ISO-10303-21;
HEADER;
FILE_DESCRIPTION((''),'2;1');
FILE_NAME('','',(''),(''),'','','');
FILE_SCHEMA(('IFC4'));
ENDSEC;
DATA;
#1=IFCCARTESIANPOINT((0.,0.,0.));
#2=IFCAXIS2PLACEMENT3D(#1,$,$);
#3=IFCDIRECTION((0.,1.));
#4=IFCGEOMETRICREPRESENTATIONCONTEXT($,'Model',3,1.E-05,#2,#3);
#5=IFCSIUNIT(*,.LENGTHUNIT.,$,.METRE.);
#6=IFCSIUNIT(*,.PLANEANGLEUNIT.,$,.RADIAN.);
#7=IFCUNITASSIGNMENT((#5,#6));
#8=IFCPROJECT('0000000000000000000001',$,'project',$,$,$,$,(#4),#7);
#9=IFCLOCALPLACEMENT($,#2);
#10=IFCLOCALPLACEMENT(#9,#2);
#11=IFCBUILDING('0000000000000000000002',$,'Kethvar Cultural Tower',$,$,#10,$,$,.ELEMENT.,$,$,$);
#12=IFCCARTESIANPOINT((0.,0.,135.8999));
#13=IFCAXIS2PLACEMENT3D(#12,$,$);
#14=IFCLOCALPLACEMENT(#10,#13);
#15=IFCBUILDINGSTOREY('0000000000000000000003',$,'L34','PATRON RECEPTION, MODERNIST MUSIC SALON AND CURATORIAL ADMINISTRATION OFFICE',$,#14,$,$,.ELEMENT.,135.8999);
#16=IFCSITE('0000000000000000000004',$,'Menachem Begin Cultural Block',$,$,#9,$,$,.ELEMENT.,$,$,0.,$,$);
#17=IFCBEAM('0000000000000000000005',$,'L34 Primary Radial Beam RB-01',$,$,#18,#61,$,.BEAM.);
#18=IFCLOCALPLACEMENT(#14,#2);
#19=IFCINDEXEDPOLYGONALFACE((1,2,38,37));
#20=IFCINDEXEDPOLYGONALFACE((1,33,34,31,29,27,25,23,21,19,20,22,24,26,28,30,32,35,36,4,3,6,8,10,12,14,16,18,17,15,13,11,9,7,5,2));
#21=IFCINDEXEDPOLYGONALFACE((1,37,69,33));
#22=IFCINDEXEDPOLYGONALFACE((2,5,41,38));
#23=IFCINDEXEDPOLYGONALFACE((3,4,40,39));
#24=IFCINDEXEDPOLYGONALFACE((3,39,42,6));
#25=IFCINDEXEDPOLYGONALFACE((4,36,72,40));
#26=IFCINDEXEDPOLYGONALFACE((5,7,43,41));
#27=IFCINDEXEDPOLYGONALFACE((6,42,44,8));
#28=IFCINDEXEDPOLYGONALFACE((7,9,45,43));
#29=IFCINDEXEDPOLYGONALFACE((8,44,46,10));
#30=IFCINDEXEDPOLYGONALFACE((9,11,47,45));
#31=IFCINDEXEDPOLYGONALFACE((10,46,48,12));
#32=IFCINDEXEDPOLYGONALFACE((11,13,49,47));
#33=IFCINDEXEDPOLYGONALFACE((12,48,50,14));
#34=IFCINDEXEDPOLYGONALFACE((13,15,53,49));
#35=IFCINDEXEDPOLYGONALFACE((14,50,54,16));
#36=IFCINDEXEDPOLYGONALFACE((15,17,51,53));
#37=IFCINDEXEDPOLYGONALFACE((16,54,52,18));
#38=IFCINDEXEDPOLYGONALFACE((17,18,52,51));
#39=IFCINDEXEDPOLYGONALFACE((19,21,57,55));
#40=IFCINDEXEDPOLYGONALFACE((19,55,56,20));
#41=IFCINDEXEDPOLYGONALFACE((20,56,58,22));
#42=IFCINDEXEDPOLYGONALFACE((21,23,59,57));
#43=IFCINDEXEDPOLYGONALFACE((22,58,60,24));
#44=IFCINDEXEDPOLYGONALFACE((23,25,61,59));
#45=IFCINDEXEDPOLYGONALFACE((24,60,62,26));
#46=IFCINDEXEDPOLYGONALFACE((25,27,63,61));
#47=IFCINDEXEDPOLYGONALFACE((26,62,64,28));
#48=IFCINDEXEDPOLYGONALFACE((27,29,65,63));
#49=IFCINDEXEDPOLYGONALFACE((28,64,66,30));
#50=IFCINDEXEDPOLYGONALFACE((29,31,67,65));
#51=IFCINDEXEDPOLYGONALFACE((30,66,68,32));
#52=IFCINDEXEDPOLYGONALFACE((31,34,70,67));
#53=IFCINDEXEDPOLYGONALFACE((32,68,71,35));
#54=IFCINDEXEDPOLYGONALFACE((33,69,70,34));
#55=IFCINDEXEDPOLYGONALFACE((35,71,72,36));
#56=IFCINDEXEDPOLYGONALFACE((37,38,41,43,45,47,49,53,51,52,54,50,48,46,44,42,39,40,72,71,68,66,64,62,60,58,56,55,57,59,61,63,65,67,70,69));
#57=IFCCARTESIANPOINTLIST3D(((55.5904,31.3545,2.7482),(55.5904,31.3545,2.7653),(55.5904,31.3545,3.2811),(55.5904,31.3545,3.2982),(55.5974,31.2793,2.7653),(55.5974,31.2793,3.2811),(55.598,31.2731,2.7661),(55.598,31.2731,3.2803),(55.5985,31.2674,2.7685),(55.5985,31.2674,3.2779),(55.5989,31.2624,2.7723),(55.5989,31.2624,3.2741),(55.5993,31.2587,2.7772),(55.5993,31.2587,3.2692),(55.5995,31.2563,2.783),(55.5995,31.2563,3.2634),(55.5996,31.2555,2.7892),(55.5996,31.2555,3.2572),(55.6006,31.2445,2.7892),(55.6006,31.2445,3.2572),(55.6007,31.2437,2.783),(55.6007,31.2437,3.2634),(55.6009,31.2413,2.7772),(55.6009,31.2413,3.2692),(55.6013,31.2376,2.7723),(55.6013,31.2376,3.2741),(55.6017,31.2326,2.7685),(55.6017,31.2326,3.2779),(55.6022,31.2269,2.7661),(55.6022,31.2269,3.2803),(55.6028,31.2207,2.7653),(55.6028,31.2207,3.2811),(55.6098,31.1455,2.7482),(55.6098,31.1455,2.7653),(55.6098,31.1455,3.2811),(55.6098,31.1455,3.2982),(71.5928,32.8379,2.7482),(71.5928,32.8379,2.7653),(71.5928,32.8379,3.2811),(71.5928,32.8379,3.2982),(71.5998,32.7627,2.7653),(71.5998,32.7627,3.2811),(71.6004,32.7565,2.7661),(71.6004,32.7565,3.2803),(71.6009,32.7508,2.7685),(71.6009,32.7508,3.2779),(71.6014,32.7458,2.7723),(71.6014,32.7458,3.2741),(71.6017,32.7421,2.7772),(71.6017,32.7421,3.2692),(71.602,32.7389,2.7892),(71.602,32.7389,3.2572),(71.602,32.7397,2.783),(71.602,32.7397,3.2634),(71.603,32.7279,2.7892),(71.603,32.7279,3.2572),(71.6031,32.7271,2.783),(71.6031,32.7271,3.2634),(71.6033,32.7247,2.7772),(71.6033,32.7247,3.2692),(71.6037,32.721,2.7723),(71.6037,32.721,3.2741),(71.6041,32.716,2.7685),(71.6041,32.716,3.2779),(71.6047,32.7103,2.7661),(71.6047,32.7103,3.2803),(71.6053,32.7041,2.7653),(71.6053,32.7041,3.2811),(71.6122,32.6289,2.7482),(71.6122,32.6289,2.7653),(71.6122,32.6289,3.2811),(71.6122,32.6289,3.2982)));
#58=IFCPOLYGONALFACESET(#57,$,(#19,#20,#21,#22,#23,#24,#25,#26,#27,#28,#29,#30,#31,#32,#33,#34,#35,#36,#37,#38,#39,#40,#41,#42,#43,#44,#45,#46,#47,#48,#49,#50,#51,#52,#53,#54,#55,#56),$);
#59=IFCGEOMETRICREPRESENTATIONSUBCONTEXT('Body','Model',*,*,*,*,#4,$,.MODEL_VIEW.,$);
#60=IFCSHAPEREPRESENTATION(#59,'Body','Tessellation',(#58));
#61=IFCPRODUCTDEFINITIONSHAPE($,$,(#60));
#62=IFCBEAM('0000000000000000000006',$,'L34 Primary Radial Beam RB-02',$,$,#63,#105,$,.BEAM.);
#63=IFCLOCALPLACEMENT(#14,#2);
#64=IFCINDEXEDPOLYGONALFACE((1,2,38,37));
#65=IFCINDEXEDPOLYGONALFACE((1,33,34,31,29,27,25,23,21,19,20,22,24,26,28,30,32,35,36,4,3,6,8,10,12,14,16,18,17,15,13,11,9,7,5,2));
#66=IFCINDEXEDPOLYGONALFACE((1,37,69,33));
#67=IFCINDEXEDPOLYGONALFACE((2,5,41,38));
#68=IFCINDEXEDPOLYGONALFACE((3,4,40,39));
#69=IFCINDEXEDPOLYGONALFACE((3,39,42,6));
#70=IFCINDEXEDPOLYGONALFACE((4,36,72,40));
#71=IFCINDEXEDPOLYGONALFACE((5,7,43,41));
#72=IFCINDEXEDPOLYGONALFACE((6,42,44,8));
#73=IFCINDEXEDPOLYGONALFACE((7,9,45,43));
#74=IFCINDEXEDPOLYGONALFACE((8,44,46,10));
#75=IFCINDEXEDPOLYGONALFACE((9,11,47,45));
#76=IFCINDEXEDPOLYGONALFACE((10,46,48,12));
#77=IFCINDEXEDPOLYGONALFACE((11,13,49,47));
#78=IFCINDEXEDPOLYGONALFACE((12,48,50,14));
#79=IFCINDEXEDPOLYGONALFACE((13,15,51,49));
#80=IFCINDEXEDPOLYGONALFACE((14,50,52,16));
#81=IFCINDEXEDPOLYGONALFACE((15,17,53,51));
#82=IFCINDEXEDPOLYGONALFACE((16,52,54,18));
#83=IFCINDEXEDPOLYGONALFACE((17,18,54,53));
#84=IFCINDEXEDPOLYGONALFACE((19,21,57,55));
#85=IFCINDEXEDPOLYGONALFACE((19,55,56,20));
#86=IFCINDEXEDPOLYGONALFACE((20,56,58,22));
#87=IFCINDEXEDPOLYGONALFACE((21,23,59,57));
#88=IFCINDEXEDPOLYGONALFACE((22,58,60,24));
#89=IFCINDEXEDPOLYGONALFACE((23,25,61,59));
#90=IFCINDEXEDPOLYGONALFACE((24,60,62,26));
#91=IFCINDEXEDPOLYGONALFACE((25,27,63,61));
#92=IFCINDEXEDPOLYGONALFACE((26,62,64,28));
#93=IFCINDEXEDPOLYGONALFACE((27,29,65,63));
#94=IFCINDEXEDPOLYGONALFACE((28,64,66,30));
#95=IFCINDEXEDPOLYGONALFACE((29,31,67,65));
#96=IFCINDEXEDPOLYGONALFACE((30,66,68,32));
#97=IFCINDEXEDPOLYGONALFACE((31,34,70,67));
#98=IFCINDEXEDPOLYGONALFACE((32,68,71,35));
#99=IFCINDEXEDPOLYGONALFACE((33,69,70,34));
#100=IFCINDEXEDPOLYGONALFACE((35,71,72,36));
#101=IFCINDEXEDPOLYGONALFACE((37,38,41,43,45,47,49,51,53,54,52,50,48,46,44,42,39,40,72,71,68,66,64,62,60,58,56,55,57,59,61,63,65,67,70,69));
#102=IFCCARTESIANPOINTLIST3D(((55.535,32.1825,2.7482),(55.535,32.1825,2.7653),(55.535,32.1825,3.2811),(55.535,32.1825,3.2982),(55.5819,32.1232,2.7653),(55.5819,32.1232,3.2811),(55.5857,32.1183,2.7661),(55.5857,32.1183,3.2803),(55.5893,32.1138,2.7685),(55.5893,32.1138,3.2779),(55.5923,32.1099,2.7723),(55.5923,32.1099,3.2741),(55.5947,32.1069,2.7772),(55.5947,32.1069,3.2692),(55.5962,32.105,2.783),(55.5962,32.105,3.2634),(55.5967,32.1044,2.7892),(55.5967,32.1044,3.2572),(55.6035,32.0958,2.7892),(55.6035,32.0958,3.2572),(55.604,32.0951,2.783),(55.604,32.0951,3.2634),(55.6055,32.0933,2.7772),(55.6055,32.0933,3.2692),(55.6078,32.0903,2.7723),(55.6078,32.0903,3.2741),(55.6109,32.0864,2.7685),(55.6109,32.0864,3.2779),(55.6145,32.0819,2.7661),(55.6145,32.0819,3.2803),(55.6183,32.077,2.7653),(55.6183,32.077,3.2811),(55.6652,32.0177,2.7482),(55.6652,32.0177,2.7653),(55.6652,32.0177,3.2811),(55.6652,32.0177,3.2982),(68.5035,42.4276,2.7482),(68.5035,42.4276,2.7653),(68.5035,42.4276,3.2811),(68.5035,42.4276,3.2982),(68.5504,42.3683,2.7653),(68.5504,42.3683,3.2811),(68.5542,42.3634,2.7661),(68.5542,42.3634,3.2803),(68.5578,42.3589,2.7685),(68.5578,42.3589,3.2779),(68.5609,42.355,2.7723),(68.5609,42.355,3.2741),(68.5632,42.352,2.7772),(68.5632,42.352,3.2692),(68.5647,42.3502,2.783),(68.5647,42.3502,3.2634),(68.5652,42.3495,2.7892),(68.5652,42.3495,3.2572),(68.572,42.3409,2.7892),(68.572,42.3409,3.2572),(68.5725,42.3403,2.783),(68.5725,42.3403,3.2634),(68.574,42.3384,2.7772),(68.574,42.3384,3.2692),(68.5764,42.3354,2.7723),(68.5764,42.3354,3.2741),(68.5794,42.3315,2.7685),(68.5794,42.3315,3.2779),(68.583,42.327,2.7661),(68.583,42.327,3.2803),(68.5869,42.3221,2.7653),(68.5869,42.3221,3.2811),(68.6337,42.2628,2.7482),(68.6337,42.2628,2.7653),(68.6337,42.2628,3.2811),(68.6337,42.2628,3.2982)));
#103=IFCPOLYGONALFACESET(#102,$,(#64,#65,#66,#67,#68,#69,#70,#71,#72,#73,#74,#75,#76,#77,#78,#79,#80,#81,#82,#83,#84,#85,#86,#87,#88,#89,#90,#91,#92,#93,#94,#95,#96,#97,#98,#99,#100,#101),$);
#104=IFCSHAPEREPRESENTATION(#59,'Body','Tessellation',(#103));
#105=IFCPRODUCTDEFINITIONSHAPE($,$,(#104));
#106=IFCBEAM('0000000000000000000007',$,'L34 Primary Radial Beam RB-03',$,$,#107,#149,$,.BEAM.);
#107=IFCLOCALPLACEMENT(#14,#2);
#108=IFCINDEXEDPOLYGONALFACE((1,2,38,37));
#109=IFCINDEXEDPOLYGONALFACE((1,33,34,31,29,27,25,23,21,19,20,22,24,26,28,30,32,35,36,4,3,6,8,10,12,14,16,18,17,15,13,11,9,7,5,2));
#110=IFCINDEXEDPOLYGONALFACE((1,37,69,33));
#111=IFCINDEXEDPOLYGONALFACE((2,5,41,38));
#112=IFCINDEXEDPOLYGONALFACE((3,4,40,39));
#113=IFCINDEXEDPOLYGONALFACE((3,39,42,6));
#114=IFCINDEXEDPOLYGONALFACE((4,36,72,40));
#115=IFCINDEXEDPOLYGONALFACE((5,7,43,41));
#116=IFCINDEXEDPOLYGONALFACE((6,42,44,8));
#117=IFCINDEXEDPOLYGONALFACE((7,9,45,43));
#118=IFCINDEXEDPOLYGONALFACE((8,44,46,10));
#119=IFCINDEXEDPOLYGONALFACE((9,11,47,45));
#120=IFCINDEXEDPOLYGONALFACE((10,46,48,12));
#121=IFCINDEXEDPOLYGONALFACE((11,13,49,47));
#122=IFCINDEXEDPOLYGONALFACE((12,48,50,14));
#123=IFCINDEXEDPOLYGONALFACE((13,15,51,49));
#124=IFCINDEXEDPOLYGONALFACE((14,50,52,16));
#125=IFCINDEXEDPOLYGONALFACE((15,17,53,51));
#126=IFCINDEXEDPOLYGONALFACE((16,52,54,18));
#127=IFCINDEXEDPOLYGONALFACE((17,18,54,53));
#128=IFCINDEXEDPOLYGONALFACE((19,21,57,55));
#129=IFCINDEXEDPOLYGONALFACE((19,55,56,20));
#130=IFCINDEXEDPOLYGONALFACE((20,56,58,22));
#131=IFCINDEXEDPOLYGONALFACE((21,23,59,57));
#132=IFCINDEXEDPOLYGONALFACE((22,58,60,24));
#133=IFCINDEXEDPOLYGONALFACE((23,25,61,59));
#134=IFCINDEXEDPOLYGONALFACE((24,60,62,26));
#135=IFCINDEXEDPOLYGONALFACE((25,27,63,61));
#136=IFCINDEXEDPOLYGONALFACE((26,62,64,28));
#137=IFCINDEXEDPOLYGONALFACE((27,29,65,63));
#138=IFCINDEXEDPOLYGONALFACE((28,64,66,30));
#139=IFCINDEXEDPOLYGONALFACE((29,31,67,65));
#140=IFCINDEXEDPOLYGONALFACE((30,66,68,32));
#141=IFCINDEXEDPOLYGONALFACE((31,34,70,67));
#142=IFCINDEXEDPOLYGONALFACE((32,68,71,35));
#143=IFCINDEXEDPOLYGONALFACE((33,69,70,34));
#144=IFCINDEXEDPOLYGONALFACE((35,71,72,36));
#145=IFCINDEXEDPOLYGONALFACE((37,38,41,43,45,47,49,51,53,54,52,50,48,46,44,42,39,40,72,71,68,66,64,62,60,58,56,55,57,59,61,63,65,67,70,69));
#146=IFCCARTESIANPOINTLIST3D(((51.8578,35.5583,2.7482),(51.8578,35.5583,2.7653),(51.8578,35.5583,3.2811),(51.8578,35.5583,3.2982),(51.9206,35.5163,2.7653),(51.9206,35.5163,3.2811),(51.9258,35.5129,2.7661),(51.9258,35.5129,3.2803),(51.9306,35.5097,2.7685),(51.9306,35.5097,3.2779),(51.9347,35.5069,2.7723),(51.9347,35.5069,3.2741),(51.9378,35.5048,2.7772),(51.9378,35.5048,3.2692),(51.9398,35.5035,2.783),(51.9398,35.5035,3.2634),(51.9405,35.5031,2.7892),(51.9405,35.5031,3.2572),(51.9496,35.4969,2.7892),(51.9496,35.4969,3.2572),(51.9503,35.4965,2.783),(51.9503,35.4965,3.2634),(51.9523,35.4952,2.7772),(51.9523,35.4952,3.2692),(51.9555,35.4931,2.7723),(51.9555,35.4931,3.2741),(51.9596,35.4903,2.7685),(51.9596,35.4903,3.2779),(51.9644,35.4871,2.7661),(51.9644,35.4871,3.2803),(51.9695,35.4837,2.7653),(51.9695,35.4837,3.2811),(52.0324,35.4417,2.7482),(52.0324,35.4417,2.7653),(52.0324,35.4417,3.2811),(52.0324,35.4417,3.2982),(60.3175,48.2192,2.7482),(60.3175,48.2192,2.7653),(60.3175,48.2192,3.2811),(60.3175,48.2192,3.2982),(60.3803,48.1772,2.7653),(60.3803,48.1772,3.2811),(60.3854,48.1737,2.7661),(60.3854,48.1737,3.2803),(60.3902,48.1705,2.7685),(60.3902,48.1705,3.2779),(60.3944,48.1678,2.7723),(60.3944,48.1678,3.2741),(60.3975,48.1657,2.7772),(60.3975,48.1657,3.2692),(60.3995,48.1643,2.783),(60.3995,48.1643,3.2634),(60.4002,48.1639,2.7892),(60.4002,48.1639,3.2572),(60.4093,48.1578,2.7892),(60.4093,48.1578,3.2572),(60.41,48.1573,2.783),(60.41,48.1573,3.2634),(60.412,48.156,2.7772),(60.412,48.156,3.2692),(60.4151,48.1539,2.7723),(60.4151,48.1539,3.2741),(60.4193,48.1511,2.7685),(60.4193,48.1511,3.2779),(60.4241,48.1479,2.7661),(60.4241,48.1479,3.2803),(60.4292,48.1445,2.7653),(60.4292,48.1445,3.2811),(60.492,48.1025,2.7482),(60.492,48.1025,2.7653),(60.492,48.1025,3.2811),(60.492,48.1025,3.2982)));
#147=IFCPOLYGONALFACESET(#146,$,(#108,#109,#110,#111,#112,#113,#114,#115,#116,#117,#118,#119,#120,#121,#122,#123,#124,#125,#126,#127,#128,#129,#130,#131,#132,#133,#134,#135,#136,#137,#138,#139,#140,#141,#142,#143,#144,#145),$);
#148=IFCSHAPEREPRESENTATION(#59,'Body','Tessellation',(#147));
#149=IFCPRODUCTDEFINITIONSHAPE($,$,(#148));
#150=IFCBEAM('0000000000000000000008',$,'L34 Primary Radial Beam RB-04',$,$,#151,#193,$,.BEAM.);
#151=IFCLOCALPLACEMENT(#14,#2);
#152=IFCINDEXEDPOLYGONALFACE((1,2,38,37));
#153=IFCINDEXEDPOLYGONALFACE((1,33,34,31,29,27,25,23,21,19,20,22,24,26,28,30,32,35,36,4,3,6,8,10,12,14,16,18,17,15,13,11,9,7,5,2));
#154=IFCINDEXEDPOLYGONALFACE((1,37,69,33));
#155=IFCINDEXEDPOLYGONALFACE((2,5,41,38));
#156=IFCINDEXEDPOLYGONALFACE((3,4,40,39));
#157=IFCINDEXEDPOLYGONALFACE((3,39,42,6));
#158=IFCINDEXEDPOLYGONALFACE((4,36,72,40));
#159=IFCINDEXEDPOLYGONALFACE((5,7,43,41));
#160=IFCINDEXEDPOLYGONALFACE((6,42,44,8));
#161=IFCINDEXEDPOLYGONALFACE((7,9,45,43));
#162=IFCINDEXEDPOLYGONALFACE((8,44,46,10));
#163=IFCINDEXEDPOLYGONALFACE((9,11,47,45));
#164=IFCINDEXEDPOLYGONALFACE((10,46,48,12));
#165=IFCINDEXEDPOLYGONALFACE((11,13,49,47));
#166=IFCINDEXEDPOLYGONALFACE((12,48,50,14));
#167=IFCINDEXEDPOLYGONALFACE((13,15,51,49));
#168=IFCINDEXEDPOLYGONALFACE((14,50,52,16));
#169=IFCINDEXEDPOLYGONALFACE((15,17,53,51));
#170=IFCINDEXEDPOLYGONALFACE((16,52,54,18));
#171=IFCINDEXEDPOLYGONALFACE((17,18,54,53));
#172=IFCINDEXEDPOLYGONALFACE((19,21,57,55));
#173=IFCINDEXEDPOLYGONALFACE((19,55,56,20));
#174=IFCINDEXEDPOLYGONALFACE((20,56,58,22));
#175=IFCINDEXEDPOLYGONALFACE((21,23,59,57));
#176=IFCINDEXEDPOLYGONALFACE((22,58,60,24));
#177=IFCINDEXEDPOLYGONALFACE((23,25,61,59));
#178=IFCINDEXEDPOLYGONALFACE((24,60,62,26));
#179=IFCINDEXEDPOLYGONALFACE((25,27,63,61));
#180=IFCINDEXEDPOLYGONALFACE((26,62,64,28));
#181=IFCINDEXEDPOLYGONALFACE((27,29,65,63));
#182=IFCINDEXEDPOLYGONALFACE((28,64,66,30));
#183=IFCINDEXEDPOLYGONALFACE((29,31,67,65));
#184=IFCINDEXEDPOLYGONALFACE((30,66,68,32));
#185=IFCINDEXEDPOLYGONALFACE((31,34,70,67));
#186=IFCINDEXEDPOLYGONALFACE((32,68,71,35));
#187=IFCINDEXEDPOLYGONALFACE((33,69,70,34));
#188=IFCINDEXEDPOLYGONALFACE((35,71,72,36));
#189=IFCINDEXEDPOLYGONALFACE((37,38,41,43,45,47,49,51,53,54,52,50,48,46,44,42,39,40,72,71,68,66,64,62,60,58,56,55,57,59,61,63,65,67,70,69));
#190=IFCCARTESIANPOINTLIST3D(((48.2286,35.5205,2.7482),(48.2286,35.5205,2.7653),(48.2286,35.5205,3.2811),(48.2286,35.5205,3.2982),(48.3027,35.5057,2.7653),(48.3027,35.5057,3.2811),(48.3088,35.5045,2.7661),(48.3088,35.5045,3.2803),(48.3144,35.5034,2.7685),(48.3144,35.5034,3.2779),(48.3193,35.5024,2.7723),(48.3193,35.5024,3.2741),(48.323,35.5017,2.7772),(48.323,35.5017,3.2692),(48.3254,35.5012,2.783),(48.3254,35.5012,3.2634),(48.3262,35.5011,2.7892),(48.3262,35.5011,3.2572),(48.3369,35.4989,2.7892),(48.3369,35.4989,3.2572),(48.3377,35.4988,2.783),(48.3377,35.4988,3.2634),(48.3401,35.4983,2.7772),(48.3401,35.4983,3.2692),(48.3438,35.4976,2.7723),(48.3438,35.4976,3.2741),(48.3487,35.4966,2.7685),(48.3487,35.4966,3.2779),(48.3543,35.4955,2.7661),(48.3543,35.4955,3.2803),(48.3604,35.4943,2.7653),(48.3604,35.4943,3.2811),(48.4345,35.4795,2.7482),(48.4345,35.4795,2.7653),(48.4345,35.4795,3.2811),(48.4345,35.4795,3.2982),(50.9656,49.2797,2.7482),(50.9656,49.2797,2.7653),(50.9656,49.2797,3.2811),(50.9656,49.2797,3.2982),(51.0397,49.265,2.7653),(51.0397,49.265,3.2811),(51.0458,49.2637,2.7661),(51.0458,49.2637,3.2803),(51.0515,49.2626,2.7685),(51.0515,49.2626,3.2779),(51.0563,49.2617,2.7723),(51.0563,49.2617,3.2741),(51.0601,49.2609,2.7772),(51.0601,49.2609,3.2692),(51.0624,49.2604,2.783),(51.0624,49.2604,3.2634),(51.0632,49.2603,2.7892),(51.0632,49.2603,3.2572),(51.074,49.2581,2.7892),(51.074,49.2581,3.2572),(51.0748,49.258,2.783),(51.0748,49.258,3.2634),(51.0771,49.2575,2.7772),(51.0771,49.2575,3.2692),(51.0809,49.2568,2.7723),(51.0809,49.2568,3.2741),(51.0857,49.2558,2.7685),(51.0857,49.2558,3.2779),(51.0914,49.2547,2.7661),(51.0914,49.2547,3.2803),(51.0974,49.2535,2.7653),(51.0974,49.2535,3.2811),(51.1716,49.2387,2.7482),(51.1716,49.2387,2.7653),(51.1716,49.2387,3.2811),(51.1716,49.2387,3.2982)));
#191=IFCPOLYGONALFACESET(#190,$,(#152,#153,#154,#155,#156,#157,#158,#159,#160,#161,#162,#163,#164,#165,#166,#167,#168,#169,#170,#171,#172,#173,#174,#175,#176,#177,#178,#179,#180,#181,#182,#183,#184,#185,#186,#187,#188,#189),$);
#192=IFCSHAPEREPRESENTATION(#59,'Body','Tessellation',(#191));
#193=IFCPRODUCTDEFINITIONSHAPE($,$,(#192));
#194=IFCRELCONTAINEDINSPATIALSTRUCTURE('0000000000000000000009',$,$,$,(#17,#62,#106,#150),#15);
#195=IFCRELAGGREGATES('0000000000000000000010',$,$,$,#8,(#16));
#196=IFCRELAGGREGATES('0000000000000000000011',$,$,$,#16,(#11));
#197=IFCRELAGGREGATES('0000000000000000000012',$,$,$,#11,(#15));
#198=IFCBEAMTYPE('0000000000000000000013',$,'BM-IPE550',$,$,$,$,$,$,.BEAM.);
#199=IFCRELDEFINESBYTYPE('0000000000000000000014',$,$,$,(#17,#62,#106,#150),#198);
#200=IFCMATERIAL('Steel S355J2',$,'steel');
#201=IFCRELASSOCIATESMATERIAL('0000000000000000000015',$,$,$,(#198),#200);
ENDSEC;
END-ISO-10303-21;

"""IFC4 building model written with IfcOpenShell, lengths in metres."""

from ifc_helpers import new_model, si_unit, direction, frame, origin, origin_2d, place, context, subcontext, project, spatial, i_section, extrude, source, transform, mapped, material, material_profile, profile_set, type_object, element, save


model = new_model("IFC4")

# Units and contexts
model_context = context("Model", 3, precision=1e-05, world=origin(), true_north=direction((0.0, 1.0)))
body_context = subcontext(model_context, "Body", "Model", "MODEL_VIEW")
ifc_project = project(units=[si_unit("LENGTHUNIT", "METRE"), si_unit("PLANEANGLEUNIT", "RADIAN")], contexts=[model_context])

# Site, building, storey
site_placement = place(None, origin())
site = spatial("IfcSite", under=ifc_project, at=site_placement, Name="Menachem Begin Cultural Block", CompositionType="ELEMENT", RefElevation=0.0)
building_placement = place(site_placement, origin())
building = spatial("IfcBuilding", under=site, at=building_placement, Name="Kethvar Cultural Tower", CompositionType="ELEMENT")
storey_placement = place(building_placement, frame((0.0, 0.0, 135.8999)))
storey = spatial("IfcBuildingStorey", under=building, at=storey_placement, Name="L34", Description="PATRON RECEPTION, MODERNIST MUSIC SALON AND CURATORIAL ADMINISTRATION OFFICE", CompositionType="ELEMENT", Elevation=135.8999)

# Beams
ifc_material_1 = material(Name="Steel S355J2", Category="steel")
ifc_material_profile_1 = material_profile(ifc_material_1, i_section(OverallWidth=0.21, OverallDepth=0.55, WebThickness=0.011, FlangeThickness=0.0171, FilletRadius=0.0239, at=origin_2d()), Name="Steel S355J2 — IPE550")
ifc_profile_set_1 = profile_set([ifc_material_profile_1], Name="Steel S355J2 — IPE550")
beam_type_1 = type_object("IfcBeamType", Name="BM-IPE550", PredefinedType="BEAM", material=ifc_profile_set_1)
shared_shape_1 = source(origin(), body_context, "Body", "SweptSolid", [
    extrude(i_section(OverallWidth=0.21, OverallDepth=0.55, WebThickness=0.011, FlangeThickness=0.0171, FilletRadius=0.0239, at=origin_2d()), origin(), (0.0, 0.0, 1.0), 16.071),
])
beam_1_placement = place(storey_placement, frame((55.6001, 31.25, 3.0232), z_axis=(0.995731, 0.092303, 0.0), x_axis=(-0.092303, 0.995731, 0.0)))
element("IfcBeam", 1, at=beam_1_placement, inside=storey, type_object=beam_type_1, Name="L34 Primary Radial Beam RB-01", PredefinedType="BEAM", context=body_context, shape_type="MappedRepresentation", body=[
    mapped(shared_shape_1, transform((0.0, 0.0, 0.0), scale=1.0)),
])
shared_shape_2 = source(origin(), body_context, "Body", "SweptSolid", [
    extrude(i_section(OverallWidth=0.21, OverallDepth=0.55, WebThickness=0.011, FlangeThickness=0.0171, FilletRadius=0.0239, at=origin_2d()), origin(), (0.0, 0.0, 1.0), 16.5271),
])
beam_2_placement = place(storey_placement, frame((55.6001, 32.1001, 3.0232), z_axis=(0.784682, 0.619899, 0.0), x_axis=(-0.619899, 0.784682, 0.0)))
element("IfcBeam", 2, at=beam_2_placement, inside=storey, type_object=beam_type_1, Name="L34 Primary Radial Beam RB-02", PredefinedType="BEAM", context=body_context, shape_type="MappedRepresentation", body=[
    mapped(shared_shape_2, transform((0.0, 0.0, 0.0), scale=1.0)),
])
shared_shape_3 = source(origin(), body_context, "Body", "SweptSolid", [
    extrude(i_section(OverallWidth=0.21, OverallDepth=0.55, WebThickness=0.011, FlangeThickness=0.0171, FilletRadius=0.0239, at=origin_2d()), origin(), (0.0, 0.0, 1.0), 15.2271),
])
beam_3_placement = place(storey_placement, frame((51.9451, 35.5, 3.0232), z_axis=(0.555569, 0.83147, 0.0), x_axis=(-0.83147, 0.555569, 0.0)))
element("IfcBeam", 3, at=beam_3_placement, inside=storey, type_object=beam_type_1, Name="L34 Primary Radial Beam RB-03", PredefinedType="BEAM", context=body_context, shape_type="MappedRepresentation", body=[
    mapped(shared_shape_3, transform((0.0, 0.0, 0.0), scale=1.0)),
])
shared_shape_4 = source(origin(), body_context, "Body", "SweptSolid", [
    extrude(i_section(OverallWidth=0.21, OverallDepth=0.55, WebThickness=0.011, FlangeThickness=0.0171, FilletRadius=0.0239, at=origin_2d()), origin(), (0.0, 0.0, 1.0), 14.0288),
])
beam_4_placement = place(storey_placement, frame((48.3315, 35.5, 3.0232), z_axis=(0.195102, 0.980783, 0.0), x_axis=(-0.980783, 0.195102, 0.0)))
element("IfcBeam", 4, at=beam_4_placement, inside=storey, type_object=beam_type_1, Name="L34 Primary Radial Beam RB-04", PredefinedType="BEAM", context=body_context, shape_type="MappedRepresentation", body=[
    mapped(shared_shape_4, transform((0.0, 0.0, 0.0), scale=1.0)),
])

save(model, "model.ifc")
